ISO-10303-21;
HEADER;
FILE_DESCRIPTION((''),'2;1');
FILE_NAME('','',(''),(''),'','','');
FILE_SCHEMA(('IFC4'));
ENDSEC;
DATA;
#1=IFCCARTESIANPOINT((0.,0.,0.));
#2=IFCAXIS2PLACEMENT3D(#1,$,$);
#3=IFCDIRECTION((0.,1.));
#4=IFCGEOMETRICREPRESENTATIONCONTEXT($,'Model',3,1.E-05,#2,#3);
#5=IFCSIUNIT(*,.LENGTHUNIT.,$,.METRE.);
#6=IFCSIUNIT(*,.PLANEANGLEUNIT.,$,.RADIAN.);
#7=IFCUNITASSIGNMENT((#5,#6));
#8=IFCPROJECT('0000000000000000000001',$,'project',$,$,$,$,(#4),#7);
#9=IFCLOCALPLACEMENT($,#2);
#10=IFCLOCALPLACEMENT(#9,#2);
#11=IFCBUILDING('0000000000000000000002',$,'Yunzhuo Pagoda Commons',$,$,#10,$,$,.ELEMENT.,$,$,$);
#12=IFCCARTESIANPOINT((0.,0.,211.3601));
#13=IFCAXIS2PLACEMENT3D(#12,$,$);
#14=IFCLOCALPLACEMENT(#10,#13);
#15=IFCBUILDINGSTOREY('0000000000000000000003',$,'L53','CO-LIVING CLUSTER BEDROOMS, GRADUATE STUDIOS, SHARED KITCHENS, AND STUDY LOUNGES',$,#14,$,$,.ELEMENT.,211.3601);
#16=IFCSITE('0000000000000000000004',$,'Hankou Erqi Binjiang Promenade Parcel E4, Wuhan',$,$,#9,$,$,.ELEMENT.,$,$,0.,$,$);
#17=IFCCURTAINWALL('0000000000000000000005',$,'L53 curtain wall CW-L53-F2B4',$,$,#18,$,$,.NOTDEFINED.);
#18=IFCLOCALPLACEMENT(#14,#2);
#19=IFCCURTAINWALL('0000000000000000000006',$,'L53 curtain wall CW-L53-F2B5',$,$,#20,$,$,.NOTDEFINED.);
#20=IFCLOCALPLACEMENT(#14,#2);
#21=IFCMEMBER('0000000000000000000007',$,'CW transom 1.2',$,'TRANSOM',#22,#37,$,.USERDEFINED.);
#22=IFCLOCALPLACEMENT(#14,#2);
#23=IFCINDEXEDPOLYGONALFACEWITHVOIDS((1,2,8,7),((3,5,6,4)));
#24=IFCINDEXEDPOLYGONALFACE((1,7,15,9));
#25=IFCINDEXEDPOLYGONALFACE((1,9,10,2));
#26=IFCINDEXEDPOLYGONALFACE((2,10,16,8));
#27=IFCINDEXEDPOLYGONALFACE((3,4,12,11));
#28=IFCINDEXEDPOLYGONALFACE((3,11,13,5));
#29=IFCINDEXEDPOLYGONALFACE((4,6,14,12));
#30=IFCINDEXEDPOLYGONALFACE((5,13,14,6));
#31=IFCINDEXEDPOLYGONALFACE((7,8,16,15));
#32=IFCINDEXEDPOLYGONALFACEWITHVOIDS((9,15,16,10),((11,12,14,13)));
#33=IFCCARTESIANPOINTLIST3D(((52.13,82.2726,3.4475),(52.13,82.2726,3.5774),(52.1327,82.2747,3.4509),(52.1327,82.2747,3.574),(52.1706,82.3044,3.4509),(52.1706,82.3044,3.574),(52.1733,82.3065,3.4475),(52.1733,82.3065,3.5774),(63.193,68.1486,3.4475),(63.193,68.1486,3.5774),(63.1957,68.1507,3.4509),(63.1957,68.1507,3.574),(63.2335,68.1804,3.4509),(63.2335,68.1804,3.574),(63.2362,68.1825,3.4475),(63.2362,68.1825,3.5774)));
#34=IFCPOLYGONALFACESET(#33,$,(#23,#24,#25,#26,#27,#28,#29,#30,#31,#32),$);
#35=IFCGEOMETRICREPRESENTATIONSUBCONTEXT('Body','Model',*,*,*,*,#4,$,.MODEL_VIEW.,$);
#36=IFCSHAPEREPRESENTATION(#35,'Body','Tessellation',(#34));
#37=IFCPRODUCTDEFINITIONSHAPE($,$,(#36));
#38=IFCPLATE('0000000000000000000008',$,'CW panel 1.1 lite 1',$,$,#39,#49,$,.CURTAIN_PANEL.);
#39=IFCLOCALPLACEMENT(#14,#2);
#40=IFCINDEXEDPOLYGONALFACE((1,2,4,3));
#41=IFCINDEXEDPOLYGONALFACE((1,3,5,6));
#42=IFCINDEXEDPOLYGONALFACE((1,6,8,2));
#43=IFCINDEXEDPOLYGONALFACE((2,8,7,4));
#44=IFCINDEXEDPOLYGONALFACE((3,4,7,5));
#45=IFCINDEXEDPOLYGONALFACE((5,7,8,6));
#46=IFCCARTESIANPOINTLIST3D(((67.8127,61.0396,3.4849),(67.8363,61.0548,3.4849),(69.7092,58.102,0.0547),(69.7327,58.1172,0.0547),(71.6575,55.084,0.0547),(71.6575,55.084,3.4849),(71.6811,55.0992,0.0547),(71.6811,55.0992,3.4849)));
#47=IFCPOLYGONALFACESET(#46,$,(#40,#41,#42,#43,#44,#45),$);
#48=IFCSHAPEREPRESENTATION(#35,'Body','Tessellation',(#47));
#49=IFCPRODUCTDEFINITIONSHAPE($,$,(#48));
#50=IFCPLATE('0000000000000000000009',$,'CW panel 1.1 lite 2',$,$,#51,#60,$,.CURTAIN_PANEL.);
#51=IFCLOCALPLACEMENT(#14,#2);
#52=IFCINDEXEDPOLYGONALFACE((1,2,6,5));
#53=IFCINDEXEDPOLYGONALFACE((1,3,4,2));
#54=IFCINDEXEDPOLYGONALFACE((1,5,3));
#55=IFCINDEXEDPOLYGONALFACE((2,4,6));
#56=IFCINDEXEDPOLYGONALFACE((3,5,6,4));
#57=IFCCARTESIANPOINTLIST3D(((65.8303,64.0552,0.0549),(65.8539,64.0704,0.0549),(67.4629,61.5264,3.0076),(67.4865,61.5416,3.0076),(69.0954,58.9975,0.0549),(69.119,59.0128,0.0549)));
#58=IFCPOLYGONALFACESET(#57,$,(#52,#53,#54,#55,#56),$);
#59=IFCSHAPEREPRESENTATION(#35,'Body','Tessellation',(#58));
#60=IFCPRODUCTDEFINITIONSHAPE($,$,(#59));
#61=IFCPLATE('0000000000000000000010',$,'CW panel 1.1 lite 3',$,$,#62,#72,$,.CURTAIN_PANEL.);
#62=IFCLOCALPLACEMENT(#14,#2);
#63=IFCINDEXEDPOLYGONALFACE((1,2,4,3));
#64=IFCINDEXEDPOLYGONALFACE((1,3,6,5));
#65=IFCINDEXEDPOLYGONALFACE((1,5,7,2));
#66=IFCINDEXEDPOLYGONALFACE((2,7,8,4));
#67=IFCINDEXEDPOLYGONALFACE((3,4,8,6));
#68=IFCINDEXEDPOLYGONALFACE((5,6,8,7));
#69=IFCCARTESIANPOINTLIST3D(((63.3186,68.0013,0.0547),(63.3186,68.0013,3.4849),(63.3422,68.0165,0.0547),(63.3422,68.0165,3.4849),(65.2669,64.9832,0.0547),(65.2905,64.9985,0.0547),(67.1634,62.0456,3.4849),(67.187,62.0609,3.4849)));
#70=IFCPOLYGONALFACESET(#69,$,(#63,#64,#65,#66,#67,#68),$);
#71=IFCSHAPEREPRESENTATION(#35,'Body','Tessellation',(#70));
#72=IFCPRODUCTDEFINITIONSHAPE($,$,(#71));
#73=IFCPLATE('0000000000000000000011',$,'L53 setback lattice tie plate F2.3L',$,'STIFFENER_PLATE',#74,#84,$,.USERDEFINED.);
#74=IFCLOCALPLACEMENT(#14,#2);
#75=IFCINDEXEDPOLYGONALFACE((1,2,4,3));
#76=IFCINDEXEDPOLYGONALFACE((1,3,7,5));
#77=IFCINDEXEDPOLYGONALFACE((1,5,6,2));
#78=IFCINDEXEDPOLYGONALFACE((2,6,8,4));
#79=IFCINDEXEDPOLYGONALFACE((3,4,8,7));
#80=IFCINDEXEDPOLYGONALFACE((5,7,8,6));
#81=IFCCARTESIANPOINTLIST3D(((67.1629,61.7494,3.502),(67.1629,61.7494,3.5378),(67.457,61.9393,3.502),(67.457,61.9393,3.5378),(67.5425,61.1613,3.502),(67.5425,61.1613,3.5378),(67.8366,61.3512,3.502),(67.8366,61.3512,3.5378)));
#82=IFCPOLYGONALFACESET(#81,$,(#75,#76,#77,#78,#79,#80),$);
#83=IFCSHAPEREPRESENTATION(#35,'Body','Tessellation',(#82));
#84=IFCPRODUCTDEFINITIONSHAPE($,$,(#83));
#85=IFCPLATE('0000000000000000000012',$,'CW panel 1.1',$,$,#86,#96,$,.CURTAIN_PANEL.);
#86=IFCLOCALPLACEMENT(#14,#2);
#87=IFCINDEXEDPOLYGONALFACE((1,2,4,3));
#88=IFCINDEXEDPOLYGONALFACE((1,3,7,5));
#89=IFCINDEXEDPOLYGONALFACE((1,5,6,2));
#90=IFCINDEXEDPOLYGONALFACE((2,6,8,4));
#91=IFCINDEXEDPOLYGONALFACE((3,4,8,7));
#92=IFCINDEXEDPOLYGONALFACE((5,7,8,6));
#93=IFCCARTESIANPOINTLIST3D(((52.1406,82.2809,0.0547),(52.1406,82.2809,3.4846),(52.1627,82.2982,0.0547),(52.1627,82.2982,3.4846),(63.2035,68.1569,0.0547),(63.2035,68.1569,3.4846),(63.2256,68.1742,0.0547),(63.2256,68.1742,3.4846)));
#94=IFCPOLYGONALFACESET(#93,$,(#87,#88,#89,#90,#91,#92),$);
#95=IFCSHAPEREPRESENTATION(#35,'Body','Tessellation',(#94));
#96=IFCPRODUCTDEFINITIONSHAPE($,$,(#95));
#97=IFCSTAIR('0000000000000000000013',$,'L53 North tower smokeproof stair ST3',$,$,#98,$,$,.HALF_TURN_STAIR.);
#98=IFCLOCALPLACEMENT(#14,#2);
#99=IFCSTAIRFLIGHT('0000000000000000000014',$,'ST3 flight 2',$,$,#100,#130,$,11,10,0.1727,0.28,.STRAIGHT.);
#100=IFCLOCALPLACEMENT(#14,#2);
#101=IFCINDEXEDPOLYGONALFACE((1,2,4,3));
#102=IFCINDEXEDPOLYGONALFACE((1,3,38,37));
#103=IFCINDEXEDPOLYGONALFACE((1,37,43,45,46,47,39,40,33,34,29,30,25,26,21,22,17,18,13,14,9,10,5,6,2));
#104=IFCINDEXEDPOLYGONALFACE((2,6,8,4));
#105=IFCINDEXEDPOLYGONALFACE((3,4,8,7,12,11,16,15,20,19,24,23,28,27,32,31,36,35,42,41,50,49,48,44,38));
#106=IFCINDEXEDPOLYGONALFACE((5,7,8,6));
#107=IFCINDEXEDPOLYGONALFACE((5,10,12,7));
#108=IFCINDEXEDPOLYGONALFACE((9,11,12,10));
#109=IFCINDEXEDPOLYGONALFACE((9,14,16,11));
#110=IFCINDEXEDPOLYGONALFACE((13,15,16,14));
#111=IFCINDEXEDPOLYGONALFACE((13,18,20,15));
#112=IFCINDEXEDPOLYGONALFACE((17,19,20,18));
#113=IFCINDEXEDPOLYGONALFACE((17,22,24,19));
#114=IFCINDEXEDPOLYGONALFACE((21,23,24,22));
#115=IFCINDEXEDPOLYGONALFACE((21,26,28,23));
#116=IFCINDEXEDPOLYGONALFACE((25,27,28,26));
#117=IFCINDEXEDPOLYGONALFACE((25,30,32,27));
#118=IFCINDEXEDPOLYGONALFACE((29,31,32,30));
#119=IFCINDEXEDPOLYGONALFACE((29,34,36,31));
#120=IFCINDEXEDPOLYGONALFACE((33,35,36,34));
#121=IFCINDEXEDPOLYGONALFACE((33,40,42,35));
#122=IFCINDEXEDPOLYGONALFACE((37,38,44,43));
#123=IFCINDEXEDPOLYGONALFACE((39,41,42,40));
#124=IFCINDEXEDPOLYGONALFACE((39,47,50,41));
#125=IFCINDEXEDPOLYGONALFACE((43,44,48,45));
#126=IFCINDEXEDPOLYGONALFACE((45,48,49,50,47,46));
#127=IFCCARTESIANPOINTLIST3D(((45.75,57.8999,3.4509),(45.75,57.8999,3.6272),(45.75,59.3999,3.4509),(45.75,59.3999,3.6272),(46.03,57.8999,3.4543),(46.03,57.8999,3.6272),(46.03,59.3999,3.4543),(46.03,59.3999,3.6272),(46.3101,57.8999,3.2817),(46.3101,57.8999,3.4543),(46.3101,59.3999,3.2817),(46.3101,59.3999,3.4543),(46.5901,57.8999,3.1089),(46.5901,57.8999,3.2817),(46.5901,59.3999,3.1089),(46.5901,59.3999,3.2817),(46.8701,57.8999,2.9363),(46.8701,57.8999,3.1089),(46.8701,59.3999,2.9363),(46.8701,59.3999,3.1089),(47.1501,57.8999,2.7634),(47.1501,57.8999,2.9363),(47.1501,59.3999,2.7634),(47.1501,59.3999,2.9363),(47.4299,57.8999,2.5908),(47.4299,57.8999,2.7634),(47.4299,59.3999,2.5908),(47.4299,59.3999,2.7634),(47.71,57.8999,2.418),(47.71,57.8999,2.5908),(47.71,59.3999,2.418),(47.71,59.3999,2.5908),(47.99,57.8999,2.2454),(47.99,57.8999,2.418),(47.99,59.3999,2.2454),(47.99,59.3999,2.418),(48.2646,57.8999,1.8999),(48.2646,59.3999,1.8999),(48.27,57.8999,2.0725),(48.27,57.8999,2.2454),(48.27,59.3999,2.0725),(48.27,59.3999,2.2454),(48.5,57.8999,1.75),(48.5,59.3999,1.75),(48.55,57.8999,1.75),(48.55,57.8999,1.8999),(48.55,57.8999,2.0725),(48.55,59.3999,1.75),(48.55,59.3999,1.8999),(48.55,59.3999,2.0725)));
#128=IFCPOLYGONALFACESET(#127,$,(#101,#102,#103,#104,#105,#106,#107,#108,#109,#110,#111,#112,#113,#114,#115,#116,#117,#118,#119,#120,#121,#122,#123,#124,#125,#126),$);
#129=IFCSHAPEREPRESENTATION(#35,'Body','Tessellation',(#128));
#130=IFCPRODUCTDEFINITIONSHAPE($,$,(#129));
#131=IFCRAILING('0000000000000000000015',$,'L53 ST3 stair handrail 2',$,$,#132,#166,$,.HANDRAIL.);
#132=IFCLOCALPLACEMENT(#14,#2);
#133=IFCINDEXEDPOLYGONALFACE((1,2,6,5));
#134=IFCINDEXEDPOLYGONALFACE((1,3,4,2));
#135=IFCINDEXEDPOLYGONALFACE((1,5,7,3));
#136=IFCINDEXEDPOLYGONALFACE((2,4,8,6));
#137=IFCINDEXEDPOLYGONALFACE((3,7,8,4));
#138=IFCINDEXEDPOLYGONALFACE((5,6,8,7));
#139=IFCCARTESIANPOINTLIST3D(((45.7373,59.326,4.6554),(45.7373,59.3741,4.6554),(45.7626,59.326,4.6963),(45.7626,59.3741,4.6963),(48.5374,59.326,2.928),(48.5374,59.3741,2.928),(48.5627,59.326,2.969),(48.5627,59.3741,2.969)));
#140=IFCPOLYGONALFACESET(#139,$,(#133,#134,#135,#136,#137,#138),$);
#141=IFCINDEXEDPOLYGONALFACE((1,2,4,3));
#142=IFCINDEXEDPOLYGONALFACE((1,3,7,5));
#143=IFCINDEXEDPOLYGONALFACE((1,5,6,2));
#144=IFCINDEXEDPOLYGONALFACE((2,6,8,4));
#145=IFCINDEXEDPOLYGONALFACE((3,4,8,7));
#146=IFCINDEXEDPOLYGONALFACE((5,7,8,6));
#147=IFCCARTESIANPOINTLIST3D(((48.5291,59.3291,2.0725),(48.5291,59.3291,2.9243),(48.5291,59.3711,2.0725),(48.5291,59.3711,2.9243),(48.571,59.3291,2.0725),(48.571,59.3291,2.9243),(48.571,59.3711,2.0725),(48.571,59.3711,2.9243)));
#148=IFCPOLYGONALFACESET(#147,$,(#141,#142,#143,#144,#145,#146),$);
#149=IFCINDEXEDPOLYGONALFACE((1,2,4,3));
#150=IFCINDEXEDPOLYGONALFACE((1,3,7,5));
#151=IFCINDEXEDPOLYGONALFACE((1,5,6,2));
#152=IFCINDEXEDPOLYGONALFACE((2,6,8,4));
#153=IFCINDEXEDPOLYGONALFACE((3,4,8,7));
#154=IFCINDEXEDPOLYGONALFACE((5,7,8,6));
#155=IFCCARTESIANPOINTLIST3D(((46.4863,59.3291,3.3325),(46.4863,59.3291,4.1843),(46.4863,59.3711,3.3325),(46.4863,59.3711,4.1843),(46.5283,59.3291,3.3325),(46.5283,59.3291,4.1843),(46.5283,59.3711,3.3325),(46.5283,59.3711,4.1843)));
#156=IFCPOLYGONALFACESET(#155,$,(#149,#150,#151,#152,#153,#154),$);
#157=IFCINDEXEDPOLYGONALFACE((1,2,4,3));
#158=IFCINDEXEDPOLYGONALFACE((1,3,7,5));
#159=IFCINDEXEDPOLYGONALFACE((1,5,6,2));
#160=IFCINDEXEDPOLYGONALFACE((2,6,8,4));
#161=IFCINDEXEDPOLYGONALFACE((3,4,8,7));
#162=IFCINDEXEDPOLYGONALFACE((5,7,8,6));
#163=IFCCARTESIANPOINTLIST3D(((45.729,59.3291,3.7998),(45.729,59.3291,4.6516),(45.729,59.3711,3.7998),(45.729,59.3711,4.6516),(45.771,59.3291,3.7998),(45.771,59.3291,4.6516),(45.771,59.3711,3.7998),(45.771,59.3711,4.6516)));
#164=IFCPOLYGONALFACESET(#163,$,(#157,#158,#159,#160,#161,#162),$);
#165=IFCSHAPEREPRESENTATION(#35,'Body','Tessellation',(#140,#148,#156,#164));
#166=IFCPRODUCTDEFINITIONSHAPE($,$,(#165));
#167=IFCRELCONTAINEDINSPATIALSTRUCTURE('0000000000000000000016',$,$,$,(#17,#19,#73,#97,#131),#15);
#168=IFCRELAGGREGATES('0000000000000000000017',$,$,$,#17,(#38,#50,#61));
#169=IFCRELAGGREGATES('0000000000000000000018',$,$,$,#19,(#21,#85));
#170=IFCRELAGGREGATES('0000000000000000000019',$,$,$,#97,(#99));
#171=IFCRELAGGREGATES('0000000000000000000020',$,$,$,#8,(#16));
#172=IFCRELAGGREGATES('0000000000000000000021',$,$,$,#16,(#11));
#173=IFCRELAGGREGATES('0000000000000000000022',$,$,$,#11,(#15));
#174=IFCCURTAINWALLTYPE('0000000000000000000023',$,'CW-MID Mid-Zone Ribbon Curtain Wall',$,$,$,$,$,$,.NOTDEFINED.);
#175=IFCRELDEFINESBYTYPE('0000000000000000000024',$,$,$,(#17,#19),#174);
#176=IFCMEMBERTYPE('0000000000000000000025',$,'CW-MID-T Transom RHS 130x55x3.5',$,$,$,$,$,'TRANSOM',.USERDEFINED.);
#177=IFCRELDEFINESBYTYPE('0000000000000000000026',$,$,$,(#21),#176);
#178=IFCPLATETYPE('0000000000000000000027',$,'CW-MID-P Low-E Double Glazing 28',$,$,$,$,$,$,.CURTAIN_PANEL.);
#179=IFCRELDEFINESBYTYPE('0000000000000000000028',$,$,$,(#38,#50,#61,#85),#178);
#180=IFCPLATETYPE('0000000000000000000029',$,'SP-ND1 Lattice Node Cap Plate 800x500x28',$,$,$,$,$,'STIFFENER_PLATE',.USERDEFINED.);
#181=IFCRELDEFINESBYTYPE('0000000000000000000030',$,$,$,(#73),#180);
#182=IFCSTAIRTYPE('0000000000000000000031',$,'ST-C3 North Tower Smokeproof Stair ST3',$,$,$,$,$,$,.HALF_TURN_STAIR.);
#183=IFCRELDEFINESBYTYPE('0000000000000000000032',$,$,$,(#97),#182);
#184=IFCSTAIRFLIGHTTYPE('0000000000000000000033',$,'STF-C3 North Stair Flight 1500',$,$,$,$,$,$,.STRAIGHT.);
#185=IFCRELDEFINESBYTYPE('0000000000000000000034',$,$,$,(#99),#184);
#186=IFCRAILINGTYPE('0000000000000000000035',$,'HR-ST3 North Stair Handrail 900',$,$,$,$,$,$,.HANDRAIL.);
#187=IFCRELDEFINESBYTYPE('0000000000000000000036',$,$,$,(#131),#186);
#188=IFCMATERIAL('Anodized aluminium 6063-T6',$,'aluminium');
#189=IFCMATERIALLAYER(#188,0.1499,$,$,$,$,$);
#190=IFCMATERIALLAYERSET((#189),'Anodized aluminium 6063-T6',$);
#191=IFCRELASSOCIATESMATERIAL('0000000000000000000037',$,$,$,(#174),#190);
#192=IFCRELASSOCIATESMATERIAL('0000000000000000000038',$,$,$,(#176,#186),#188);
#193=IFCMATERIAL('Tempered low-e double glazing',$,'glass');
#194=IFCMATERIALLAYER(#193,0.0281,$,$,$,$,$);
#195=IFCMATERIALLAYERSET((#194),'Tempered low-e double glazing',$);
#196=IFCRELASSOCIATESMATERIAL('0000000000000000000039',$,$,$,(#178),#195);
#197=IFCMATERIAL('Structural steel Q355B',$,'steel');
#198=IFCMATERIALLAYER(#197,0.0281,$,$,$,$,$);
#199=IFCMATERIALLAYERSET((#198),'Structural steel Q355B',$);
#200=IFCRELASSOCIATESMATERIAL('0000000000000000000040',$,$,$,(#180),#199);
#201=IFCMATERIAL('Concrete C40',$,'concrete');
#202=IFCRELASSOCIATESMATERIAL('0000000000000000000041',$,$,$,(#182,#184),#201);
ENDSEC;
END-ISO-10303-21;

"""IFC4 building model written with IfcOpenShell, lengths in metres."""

from ifc_helpers import new_model, si_unit, direction, frame, origin, origin_2d, place, context, subcontext, project, spatial, polyline, rectangle, hollow_rectangle, outline, extrude, source, transform, mapped, material, layer, layer_set, material_profile, profile_set, type_object, element, aggregate, save


model = new_model("IFC4")

# Units and contexts
model_context = context("Model", 3, precision=1e-05, world=origin(), true_north=direction((0.0, 1.0)))
body_context = subcontext(model_context, "Body", "Model", "MODEL_VIEW")
ifc_project = project(units=[si_unit("LENGTHUNIT", "METRE"), si_unit("PLANEANGLEUNIT", "RADIAN")], contexts=[model_context])

# Site, building, storey
site_placement = place(None, origin())
site = spatial("IfcSite", under=ifc_project, at=site_placement, Name="Hankou Erqi Binjiang Promenade Parcel E4, Wuhan", CompositionType="ELEMENT", RefElevation=0.0)
building_placement = place(site_placement, origin())
building = spatial("IfcBuilding", under=site, at=building_placement, Name="Yunzhuo Pagoda Commons", CompositionType="ELEMENT")
storey_placement = place(building_placement, frame((0.0, 0.0, 211.3601)))
storey = spatial("IfcBuildingStorey", under=building, at=storey_placement, Name="L53", Description="CO-LIVING CLUSTER BEDROOMS, GRADUATE STUDIOS, SHARED KITCHENS, AND STUDY LOUNGES", CompositionType="ELEMENT", Elevation=211.3601)

# Shared definitions
ifc_material_1 = material(Name="Structural steel Q355B", Category="steel")

# Curtain wall
ifc_material_2 = material(Name="Anodized aluminium 6063-T6", Category="aluminium")
ifc_layer_1 = layer(ifc_material_2, 0.1499)
ifc_layer_set_1 = layer_set([ifc_layer_1], Name="Anodized aluminium 6063-T6")
curtain_wall_type = type_object("IfcCurtainWallType", Name="CW-MID Mid-Zone Ribbon Curtain Wall", PredefinedType="NOTDEFINED", material=ifc_layer_set_1)
curtain_wall_1_placement = place(storey_placement, origin())
curtain_wall_1 = element("IfcCurtainWall", 1, at=curtain_wall_1_placement, inside=storey, type_object=curtain_wall_type, Name="L53 curtain wall CW-L53-F2B4", PredefinedType="NOTDEFINED")

# Curtain wall, member
curtain_wall_2_placement = place(storey_placement, origin())
curtain_wall_2 = element("IfcCurtainWall", 2, at=curtain_wall_2_placement, inside=storey, type_object=curtain_wall_type, Name="L53 curtain wall CW-L53-F2B5", PredefinedType="NOTDEFINED")
ifc_material_profile_1 = material_profile(ifc_material_2, hollow_rectangle(XDim=0.0549, YDim=0.1299, WallThickness=0.0034, at=origin_2d()), Name="Anodized aluminium 6063-T6")
ifc_profile_set_1 = profile_set([ifc_material_profile_1], Name="Anodized aluminium 6063-T6")
member_type_1 = type_object("IfcMemberType", Name="CW-MID-T Transom RHS 130x55x3.5", ElementType="TRANSOM", PredefinedType="USERDEFINED", material=ifc_profile_set_1)
shared_shape_1 = source(origin(), body_context, "Body", "SweptSolid", [
    extrude(hollow_rectangle(XDim=0.0549, YDim=0.1299, WallThickness=0.0034, at=origin_2d()), origin(), (0.0, 0.0, 1.0), 17.9409),
])
member_1_placement = place(storey_placement, frame((63.2146, 68.1655, 3.5125), z_axis=(-0.616633, 0.787251, 0.0), x_axis=(-0.787251, -0.616633, 0.0)))
member_1 = element("IfcMember", 3, at=member_1_placement, type_object=member_type_1, Name="CW transom 1.2", ObjectType="TRANSOM", PredefinedType="USERDEFINED", context=body_context, shape_type="MappedRepresentation", body=[
    mapped(shared_shape_1, transform((0.0, 0.0, 0.0), scale=1.0)),
])

# Plates
ifc_material_3 = material(Name="Tempered low-e double glazing", Category="glass")
ifc_layer_2 = layer(ifc_material_3, 0.0281)
ifc_layer_set_2 = layer_set([ifc_layer_2], Name="Tempered low-e double glazing")
plate_type_1 = type_object("IfcPlateType", Name="CW-MID-P Low-E Double Glazing 28", PredefinedType="CURTAIN_PANEL", material=ifc_layer_set_2)
plate_1_placement = place(storey_placement, frame((69.7351, 58.0618, 1.7698), z_axis=(0.840138, 0.542372, 0.0), x_axis=(-0.542372, 0.840138, 0.0)))
plate_1 = element("IfcPlate", 4, at=plate_1_placement, type_object=plate_type_1, Name="CW panel 1.1 lite 1", PredefinedType="CURTAIN_PANEL", context=body_context, shape_type="SweptSolid", body=[
    extrude(outline(polyline([(-3.5444, -1.7151), (0.0479, -1.7151), (3.5444, 1.7151), (-3.5444, 1.7151), (-3.5444, -1.7151)])), origin(), (0.0, 0.0, 1.0), 0.0281),
])
plate_2_placement = place(storey_placement, frame((67.4629, 61.5264, 1.5312), z_axis=(0.840138, 0.542372, 0.0), x_axis=(-0.542372, 0.840138, 0.0)))
plate_2 = element("IfcPlate", 5, at=plate_2_placement, type_object=plate_type_1, Name="CW panel 1.1 lite 2", PredefinedType="CURTAIN_PANEL", context=body_context, shape_type="SweptSolid", body=[
    extrude(outline(polyline([(-3.01, -1.4763), (3.01, -1.4763), (0.0, 1.4763), (-3.01, -1.4763)])), origin(), (0.0, 0.0, 1.0), 0.0281),
])
plate_3_placement = place(storey_placement, frame((65.241, 65.0234, 1.7698), z_axis=(0.840138, 0.542372, 0.0), x_axis=(-0.542372, 0.840138, 0.0)))
plate_3 = element("IfcPlate", 6, at=plate_3_placement, type_object=plate_type_1, Name="CW panel 1.1 lite 3", PredefinedType="CURTAIN_PANEL", context=body_context, shape_type="SweptSolid", body=[
    extrude(outline(polyline([(-3.5444, 1.7151), (-0.0479, -1.7151), (3.5444, -1.7151), (3.5444, 1.7151), (-3.5444, 1.7151)])), origin(), (0.0, 0.0, 1.0), 0.0281),
])
aggregate(curtain_wall_1, [plate_1, plate_2, plate_3])
ifc_layer_3 = layer(ifc_material_1, 0.0281)
ifc_layer_set_3 = layer_set([ifc_layer_3], Name="Structural steel Q355B")
plate_type_2 = type_object("IfcPlateType", Name="SP-ND1 Lattice Node Cap Plate 800x500x28", ElementType="STIFFENER_PLATE", PredefinedType="USERDEFINED", material=ifc_layer_set_3)
shared_shape_2 = source(origin(), body_context, "Body", "SweptSolid", [
    extrude(rectangle(XDim=0.7, YDim=0.3501, at=origin_2d()), origin(), (0.0, 0.0, 1.0), 0.0359),
])
plate_4_placement = place(storey_placement, frame((67.4998, 61.5503, 3.502), z_axis=(0.0, 0.0, 1.0), x_axis=(-0.542368, 0.840141, 0.0)))
element("IfcPlate", 7, at=plate_4_placement, inside=storey, type_object=plate_type_2, Name="L53 setback lattice tie plate F2.3L", ObjectType="STIFFENER_PLATE", PredefinedType="USERDEFINED", context=body_context, shape_type="MappedRepresentation", body=[
    mapped(shared_shape_2, transform((0.0, 0.0, 0.0), scale=1.0)),
])
shared_shape_3 = source(origin(), body_context, "Body", "SweptSolid", [
    extrude(rectangle(XDim=17.9409, YDim=0.0281, at=origin_2d()), origin(), (0.0, 0.0, 1.0), 3.4299),
])
plate_5_placement = place(storey_placement, frame((57.6831, 75.2275, 0.0547), z_axis=(0.0, 0.0, 1.0), x_axis=(-0.616634, 0.78725, 0.0)))
plate_5 = element("IfcPlate", 8, at=plate_5_placement, type_object=plate_type_1, Name="CW panel 1.1", PredefinedType="CURTAIN_PANEL", context=body_context, shape_type="MappedRepresentation", body=[
    mapped(shared_shape_3, transform((0.0, 0.0, 0.0), scale=1.0)),
])
aggregate(curtain_wall_2, [member_1, plate_5])

# Stair, stair flight
ifc_material_4 = material(Name="Concrete C40", Category="concrete")
stair_type = type_object("IfcStairType", Name="ST-C3 North Tower Smokeproof Stair ST3", PredefinedType="HALF_TURN_STAIR", material=ifc_material_4)
stair_placement = place(storey_placement, origin())
stair = element("IfcStair", 9, at=stair_placement, inside=storey, type_object=stair_type, Name="L53 North tower smokeproof stair ST3", PredefinedType="HALF_TURN_STAIR")
stair_flight_type = type_object("IfcStairFlightType", Name="STF-C3 North Stair Flight 1500", PredefinedType="STRAIGHT", material=ifc_material_4)
shared_shape_4 = source(origin(), body_context, "Body", "SweptSolid", [
    extrude(outline(polyline([(0.0, -0.1499), (0.0, 0.0), (0.0, 0.1726), (0.28, 0.1726), (0.28, 0.3455), (0.5601, 0.3455), (0.5601, 0.5181), (0.8401, 0.5181), (0.8401, 0.6909), (1.1201, 0.6909), (1.1201, 0.8635), (1.3999, 0.8635), (1.3999, 1.0364), (1.6799, 1.0364), (1.6799, 1.209), (1.96, 1.209), (1.96, 1.3818), (2.24, 1.3818), (2.24, 1.5544), (2.52, 1.5544), (2.52, 1.7273), (2.8, 1.7273), (2.8, 1.8999), (2.8, 1.551), (0.2854, 0.0), (0.05, -0.1499), (0.0, -0.1499)])), frame((0.0, 0.75, 0.0), z_axis=(0.0, -1.0, 0.0), x_axis=(1.0, 0.0, 0.0)), (0.0, 0.0, 1.0), 1.5),
])
stair_flight_placement = place(storey_placement, frame((48.55, 58.6499, 1.8999), z_axis=(0.0, 0.0, 1.0), x_axis=(-1.0, 0.0, 0.0)))
stair_flight = element("IfcStairFlight", 10, at=stair_flight_placement, type_object=stair_flight_type, Name="ST3 flight 2", NumberOfRisers=11, NumberOfTreads=10, PredefinedType="STRAIGHT", RiserHeight=0.1727, TreadLength=0.28, context=body_context, shape_type="MappedRepresentation", body=[
    mapped(shared_shape_4, transform((0.0, 0.0, 0.0), scale=1.0)),
])
aggregate(stair, [stair_flight])

# Railing
railing_type_1 = type_object("IfcRailingType", Name="HR-ST3 North Stair Handrail 900", PredefinedType="HANDRAIL", material=ifc_material_2)
railing_1_placement = place(storey_placement, frame((48.55, 59.3501, 2.0725)))
element("IfcRailing", 11, at=railing_1_placement, inside=storey, type_object=railing_type_1, Name="L53 ST3 stair handrail 2", PredefinedType="HANDRAIL", context=body_context, shape_type="SweptSolid", body=[
    extrude(rectangle(XDim=0.0481, YDim=0.0481, at=origin_2d()), frame((0.0, 0.0, 0.876), z_axis=(-0.85109, 0.0, 0.52502), x_axis=(0.0, -1.0, 0.0)), (0.0, 0.0, 1.0), 3.29),
    extrude(rectangle(XDim=0.042, YDim=0.042, at=origin_2d()), origin(), (0.0, 0.0, 1.0), 0.8518),
    extrude(rectangle(XDim=0.042, YDim=0.042, at=origin_2d()), frame((-2.0427, 0.0, 1.26)), (0.0, 0.0, 1.0), 0.8518),
    extrude(rectangle(XDim=0.042, YDim=0.042, at=origin_2d()), frame((-2.8, 0.0, 1.7273)), (0.0, 0.0, 1.0), 0.8518),
])

save(model, "model.ifc")
